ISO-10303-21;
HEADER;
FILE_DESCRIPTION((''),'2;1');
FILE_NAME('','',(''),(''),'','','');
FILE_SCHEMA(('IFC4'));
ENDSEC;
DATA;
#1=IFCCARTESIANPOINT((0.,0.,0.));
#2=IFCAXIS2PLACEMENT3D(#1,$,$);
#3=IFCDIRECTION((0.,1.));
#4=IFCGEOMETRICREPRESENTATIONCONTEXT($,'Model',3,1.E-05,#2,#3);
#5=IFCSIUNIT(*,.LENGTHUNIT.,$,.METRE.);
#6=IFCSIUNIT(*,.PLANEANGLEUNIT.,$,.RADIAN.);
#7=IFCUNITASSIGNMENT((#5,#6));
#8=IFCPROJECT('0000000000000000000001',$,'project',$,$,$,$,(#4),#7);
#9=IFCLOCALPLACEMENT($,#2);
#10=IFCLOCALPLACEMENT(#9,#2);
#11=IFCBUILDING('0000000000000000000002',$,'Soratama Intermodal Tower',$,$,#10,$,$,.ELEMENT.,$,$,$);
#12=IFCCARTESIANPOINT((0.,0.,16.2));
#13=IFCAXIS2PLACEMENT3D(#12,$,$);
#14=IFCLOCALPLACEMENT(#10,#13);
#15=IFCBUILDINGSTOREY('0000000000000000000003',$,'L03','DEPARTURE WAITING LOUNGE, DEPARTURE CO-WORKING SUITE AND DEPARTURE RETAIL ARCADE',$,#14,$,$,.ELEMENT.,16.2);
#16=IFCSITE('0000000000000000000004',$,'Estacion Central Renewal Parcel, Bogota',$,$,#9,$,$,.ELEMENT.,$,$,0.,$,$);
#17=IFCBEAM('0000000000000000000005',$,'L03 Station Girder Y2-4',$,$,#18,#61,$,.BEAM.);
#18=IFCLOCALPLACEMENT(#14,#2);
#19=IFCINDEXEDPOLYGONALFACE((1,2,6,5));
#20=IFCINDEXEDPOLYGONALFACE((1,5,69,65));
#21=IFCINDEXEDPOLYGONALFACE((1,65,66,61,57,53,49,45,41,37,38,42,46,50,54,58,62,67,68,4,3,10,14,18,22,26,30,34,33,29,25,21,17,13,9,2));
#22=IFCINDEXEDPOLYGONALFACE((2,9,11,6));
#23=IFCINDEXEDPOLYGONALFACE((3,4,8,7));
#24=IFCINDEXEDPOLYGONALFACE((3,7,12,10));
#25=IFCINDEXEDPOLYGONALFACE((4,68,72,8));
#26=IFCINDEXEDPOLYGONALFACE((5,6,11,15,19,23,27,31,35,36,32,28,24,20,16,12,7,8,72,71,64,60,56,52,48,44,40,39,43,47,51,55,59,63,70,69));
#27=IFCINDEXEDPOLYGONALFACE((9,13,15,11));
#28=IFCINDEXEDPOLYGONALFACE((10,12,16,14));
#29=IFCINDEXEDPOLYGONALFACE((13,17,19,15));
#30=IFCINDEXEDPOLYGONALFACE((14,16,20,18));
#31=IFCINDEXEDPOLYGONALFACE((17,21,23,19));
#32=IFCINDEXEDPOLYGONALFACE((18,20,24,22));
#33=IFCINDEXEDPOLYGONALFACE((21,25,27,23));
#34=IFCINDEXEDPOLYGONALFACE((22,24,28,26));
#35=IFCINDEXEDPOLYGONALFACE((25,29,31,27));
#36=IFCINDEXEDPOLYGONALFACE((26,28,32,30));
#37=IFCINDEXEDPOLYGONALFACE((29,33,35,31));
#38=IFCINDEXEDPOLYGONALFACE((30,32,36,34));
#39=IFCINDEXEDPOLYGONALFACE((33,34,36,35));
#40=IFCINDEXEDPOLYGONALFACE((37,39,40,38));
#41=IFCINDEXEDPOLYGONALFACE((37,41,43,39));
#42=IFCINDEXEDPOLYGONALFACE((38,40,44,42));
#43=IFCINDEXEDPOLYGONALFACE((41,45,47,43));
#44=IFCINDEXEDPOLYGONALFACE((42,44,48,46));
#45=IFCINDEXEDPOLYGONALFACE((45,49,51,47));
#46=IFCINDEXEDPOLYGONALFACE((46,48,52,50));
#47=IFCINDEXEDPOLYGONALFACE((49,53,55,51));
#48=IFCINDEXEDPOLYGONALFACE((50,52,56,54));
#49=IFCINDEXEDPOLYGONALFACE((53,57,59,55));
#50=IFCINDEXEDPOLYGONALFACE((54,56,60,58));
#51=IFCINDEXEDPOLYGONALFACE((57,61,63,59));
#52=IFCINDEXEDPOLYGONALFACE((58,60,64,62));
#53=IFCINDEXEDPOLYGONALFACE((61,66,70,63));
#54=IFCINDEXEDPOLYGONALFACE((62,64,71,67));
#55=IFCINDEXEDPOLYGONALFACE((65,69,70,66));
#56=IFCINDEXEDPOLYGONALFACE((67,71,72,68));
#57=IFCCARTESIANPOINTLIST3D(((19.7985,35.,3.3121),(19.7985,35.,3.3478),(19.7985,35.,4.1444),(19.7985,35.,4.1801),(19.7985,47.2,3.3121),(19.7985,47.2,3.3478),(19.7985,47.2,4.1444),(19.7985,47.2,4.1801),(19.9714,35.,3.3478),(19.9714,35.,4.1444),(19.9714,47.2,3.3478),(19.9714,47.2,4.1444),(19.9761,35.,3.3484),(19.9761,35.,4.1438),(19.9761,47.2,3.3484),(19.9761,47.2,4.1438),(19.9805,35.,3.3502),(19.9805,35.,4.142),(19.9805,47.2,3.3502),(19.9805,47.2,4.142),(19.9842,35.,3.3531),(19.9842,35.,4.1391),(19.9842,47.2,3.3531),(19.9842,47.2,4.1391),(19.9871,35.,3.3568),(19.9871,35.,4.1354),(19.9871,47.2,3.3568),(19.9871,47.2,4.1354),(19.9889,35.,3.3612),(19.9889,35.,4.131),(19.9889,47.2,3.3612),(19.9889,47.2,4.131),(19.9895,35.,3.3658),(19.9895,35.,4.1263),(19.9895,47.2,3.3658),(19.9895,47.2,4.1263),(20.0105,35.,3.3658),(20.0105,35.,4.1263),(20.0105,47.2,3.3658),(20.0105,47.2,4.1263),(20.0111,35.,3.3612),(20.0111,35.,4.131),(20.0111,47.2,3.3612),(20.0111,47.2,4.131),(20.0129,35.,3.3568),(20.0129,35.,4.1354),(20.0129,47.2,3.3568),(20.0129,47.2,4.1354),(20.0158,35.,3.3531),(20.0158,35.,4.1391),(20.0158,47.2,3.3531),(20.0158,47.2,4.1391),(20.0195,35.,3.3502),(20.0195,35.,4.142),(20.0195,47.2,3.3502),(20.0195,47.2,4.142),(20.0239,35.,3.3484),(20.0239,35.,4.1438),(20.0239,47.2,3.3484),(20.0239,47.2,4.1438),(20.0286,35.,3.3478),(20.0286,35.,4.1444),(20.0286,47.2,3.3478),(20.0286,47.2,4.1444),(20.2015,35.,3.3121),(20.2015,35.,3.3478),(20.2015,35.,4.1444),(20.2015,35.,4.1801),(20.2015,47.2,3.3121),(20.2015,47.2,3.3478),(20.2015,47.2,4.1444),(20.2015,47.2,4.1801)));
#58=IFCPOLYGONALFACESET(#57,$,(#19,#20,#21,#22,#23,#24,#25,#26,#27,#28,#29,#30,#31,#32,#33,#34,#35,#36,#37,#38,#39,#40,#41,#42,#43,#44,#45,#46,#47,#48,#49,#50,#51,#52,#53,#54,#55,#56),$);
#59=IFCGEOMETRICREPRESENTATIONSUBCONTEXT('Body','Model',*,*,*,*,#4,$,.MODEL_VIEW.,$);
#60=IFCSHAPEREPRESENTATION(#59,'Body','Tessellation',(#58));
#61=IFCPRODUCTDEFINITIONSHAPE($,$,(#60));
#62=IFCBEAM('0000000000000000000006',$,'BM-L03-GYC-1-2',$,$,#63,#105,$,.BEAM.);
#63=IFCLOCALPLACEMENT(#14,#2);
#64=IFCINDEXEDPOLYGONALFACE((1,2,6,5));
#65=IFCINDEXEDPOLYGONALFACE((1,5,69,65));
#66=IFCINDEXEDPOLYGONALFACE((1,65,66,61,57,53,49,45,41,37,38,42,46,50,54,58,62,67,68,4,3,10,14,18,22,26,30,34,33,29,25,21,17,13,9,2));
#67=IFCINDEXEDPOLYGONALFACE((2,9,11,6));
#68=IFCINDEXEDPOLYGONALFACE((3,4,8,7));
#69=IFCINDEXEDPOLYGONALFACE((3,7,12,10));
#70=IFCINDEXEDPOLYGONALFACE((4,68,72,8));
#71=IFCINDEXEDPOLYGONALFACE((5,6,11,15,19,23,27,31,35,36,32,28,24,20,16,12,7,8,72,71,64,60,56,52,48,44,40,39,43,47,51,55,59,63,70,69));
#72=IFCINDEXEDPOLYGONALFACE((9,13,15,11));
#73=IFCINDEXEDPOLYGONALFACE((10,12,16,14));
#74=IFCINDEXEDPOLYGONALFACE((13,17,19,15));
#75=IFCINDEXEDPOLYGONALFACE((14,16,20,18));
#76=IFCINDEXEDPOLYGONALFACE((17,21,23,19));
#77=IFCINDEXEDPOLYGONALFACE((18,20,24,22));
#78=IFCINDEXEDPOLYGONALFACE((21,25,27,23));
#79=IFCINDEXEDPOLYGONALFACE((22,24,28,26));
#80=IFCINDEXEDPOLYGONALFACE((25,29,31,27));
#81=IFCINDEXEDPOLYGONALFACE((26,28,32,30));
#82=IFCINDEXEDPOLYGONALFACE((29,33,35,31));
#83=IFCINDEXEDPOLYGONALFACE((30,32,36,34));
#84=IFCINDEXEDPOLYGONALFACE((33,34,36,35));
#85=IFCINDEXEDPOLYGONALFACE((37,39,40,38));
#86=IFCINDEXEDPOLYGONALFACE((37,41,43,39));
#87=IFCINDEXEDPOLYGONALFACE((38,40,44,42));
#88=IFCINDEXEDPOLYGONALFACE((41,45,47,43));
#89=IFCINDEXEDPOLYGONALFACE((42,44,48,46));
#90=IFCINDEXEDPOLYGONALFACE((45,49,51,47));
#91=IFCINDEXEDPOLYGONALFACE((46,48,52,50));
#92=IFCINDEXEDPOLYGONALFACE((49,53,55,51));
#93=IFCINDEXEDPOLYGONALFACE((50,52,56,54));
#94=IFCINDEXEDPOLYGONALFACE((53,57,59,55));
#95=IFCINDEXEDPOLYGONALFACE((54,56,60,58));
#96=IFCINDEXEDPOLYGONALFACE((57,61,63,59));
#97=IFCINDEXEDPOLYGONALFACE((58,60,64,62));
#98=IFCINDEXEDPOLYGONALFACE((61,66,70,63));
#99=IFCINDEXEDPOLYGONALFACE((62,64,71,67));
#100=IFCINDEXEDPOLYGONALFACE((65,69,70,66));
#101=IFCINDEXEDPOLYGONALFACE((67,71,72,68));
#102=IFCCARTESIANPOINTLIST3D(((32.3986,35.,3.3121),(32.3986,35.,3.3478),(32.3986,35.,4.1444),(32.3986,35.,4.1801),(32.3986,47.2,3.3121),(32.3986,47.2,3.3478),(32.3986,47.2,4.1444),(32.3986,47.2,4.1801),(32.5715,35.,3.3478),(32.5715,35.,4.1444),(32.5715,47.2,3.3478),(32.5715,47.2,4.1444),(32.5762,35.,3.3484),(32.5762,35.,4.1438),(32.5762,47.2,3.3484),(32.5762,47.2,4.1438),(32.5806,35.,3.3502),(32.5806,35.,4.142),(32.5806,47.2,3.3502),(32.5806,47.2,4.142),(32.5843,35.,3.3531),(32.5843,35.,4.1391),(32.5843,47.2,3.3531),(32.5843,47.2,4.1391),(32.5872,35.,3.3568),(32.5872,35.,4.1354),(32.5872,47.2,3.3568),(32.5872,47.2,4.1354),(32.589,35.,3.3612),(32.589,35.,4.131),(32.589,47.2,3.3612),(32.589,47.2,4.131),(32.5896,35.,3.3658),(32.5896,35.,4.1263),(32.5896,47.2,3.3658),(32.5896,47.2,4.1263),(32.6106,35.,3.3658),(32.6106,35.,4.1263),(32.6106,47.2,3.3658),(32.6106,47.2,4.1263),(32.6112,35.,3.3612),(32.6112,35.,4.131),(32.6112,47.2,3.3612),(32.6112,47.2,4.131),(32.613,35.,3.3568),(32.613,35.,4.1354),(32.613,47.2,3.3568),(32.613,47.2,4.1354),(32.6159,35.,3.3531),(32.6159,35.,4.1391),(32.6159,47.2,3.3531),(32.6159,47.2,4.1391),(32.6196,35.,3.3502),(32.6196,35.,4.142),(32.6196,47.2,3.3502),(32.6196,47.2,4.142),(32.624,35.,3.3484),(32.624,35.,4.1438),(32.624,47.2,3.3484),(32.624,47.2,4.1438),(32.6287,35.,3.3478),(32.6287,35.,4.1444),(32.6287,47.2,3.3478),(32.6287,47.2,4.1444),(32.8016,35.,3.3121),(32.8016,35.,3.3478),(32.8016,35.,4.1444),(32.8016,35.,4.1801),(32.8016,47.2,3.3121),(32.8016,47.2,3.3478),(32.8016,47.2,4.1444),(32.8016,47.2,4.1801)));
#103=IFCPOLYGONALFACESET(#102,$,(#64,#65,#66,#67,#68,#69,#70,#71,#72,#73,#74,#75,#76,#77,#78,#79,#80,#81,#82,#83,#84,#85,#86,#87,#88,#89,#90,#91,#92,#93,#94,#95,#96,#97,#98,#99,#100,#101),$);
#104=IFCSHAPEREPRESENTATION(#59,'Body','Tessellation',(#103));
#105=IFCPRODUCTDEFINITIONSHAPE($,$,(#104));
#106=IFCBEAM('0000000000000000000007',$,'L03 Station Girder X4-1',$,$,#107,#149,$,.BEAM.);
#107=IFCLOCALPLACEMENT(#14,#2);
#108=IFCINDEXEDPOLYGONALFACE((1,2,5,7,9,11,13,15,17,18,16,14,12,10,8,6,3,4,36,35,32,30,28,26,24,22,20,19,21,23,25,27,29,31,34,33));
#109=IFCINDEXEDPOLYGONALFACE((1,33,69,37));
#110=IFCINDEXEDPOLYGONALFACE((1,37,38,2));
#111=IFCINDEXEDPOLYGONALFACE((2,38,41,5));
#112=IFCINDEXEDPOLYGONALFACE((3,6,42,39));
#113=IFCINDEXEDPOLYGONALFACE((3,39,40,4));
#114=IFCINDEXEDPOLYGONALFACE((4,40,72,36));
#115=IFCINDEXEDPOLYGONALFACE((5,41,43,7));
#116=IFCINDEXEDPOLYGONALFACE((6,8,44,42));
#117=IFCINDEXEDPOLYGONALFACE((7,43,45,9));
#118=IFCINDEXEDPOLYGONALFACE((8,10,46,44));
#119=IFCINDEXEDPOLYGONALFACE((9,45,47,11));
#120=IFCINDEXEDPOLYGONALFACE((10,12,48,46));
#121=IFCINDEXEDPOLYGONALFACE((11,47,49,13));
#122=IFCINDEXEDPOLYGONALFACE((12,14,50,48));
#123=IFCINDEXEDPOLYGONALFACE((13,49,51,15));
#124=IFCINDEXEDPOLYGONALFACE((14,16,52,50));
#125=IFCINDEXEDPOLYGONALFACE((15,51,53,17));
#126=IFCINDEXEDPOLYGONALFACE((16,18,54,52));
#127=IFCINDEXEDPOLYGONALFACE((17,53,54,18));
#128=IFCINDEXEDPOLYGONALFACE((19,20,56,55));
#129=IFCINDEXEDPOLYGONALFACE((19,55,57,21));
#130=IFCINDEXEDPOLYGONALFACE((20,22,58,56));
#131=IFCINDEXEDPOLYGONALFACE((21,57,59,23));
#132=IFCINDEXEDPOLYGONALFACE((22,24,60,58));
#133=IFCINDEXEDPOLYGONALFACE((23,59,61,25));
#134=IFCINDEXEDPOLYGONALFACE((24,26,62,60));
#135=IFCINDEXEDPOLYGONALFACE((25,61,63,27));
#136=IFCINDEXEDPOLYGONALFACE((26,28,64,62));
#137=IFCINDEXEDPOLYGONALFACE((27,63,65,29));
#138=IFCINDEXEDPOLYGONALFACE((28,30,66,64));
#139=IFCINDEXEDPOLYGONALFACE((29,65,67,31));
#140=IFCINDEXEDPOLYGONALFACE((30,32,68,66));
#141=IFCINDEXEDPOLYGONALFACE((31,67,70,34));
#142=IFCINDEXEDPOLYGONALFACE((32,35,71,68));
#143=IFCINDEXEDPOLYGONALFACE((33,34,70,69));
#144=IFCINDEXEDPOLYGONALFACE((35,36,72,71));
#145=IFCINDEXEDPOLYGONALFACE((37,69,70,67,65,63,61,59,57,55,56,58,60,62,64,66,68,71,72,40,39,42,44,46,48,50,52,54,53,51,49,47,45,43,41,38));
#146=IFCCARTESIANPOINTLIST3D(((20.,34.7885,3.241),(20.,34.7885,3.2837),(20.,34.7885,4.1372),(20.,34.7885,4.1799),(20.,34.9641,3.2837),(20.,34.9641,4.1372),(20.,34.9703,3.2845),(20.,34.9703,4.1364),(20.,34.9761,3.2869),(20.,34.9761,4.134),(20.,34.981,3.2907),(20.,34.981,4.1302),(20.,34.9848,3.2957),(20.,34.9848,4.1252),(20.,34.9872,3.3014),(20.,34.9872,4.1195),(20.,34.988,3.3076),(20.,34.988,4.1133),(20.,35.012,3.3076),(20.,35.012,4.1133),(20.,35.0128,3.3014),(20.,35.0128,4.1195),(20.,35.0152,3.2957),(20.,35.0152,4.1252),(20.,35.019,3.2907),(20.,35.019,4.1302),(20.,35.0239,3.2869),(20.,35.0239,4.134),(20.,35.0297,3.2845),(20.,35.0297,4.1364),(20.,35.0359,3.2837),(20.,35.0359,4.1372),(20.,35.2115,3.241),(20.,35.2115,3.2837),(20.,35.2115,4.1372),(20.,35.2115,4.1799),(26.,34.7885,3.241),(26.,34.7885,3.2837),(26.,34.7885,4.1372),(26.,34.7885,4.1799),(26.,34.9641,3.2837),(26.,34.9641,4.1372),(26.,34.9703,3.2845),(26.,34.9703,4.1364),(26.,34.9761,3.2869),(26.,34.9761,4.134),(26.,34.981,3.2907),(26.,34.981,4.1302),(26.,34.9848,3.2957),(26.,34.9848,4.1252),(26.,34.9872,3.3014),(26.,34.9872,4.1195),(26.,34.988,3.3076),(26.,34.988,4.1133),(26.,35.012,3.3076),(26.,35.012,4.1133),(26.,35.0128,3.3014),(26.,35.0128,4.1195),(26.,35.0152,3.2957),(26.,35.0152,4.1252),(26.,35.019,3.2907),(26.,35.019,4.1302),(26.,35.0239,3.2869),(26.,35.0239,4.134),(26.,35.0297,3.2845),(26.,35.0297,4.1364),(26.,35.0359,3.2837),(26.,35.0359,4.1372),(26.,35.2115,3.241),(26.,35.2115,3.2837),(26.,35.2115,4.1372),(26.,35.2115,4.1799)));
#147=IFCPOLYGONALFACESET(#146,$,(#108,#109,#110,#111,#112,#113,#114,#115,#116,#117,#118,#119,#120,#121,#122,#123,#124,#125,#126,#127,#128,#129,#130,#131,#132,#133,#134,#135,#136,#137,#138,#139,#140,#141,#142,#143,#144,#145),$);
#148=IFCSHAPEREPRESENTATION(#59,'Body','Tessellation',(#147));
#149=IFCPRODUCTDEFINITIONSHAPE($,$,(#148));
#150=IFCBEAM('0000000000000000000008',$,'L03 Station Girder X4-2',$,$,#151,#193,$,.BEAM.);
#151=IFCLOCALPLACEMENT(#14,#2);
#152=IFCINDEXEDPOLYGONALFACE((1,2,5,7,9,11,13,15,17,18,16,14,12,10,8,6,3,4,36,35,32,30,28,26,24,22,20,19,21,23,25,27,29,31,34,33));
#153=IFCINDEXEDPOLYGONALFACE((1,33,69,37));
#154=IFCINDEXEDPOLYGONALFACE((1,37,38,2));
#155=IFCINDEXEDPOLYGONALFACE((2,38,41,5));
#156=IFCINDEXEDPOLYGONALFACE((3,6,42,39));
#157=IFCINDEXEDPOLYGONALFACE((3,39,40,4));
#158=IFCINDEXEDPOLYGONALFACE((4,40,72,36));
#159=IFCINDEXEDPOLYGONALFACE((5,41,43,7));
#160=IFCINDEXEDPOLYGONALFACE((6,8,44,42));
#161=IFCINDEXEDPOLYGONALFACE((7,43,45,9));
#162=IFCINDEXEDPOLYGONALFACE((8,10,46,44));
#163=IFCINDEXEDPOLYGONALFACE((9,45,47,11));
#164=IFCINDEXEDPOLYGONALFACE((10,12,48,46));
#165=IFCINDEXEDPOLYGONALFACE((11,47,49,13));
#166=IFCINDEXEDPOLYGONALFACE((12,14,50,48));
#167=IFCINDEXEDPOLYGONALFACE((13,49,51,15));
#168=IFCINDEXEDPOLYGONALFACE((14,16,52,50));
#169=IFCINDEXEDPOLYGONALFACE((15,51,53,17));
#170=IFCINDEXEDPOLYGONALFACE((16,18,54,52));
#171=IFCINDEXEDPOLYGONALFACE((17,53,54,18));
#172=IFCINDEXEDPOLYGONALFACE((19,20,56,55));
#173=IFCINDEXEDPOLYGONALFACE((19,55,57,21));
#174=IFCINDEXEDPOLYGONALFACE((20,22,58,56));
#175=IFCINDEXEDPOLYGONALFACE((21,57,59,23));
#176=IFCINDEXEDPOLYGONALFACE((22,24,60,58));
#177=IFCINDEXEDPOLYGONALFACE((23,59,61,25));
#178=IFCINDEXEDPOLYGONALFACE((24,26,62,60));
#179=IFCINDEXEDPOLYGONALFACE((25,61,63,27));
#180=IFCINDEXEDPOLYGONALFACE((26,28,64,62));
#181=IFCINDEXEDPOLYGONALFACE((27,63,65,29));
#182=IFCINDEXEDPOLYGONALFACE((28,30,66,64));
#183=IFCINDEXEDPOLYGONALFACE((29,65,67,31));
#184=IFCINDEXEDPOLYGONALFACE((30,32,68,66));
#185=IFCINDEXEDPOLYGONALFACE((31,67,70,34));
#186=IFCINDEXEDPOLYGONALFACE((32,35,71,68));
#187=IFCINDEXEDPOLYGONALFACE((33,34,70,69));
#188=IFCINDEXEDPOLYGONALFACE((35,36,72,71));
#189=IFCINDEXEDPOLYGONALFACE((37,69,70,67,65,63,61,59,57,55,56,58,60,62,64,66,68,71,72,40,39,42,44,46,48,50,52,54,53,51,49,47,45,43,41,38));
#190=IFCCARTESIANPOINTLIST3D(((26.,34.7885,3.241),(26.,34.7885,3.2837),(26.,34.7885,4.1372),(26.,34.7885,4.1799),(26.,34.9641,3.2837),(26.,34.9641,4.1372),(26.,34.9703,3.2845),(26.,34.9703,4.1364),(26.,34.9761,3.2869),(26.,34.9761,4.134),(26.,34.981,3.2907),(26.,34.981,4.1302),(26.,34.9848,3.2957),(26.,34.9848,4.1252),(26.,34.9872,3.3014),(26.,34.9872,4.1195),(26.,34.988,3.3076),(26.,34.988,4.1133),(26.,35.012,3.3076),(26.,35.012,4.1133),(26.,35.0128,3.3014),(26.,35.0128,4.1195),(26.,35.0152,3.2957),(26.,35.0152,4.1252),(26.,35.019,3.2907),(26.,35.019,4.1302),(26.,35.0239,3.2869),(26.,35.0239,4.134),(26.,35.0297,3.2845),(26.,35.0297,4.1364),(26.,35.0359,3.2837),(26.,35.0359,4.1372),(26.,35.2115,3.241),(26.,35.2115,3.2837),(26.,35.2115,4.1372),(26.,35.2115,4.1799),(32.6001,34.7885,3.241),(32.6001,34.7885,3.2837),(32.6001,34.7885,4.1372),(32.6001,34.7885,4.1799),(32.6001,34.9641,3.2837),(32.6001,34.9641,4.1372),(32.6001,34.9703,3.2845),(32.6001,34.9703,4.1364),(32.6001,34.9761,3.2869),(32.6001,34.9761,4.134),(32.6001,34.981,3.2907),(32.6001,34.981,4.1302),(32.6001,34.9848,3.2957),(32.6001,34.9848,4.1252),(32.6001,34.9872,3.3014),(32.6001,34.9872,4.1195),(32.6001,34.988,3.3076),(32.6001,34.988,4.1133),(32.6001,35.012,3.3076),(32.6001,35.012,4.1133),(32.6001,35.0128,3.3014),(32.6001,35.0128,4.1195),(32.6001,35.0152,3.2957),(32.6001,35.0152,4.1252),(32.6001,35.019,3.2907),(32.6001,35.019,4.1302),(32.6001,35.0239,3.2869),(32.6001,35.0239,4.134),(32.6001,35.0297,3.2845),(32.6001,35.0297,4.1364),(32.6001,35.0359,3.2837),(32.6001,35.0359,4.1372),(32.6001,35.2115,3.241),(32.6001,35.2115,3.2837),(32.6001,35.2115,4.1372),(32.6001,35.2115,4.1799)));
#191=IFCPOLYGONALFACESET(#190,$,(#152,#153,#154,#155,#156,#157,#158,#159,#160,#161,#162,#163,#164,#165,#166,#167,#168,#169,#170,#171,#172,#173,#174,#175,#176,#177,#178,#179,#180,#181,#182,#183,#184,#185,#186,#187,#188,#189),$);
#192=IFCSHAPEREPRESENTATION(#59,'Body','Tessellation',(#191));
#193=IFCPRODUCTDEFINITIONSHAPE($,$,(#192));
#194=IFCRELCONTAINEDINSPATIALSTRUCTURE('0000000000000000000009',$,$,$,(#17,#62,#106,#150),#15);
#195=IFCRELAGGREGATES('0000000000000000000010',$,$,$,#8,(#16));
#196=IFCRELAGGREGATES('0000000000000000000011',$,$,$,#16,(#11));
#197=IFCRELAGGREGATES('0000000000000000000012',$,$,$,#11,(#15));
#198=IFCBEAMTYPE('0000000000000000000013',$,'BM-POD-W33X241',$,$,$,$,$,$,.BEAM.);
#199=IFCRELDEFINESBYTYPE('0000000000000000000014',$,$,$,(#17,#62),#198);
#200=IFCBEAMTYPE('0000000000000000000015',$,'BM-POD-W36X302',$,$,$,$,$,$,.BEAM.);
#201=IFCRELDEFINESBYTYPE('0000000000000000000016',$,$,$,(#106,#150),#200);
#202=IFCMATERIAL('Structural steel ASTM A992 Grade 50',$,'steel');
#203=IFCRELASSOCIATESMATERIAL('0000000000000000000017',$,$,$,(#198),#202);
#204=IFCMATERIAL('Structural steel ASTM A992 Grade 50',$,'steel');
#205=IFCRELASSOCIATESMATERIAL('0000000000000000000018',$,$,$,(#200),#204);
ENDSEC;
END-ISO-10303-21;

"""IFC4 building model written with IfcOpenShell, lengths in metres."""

from ifc_helpers import new_model, si_unit, direction, frame, origin, origin_2d, place, context, subcontext, project, spatial, i_section, extrude, material, material_profile, profile_set, type_object, element, save


model = new_model("IFC4")

# Units and contexts
model_context = context("Model", 3, precision=1e-05, world=origin(), true_north=direction((0.0, 1.0)))
body_context = subcontext(model_context, "Body", "Model", "MODEL_VIEW")
ifc_project = project(units=[si_unit("LENGTHUNIT", "METRE"), si_unit("PLANEANGLEUNIT", "RADIAN")], contexts=[model_context])

# Site, building, storey
site_placement = place(None, origin())
site = spatial("IfcSite", under=ifc_project, at=site_placement, Name="Estacion Central Renewal Parcel, Bogota", CompositionType="ELEMENT", RefElevation=0.0)
building_placement = place(site_placement, origin())
building = spatial("IfcBuilding", under=site, at=building_placement, Name="Soratama Intermodal Tower", CompositionType="ELEMENT")
storey_placement = place(building_placement, frame((0.0, 0.0, 16.2)))
storey = spatial("IfcBuildingStorey", under=building, at=storey_placement, Name="L03", Description="DEPARTURE WAITING LOUNGE, DEPARTURE CO-WORKING SUITE AND DEPARTURE RETAIL ARCADE", CompositionType="ELEMENT", Elevation=16.2)

# Beams
ifc_material_1 = material(Name="Structural steel ASTM A992 Grade 50", Category="steel")
ifc_material_profile_1 = material_profile(ifc_material_1, i_section(OverallWidth=0.4031, OverallDepth=0.8679, WebThickness=0.021, FlangeThickness=0.0356, FilletRadius=0.0181, at=origin_2d()), Name="W33X241")
ifc_profile_set_1 = profile_set([ifc_material_profile_1], Name="Structural steel ASTM A992 Grade 50")
beam_type_1 = type_object("IfcBeamType", Name="BM-POD-W33X241", PredefinedType="BEAM", material=ifc_profile_set_1)
for number, where, z_axis, x_axis, name in (
    (1, (20.0, 35.0, 3.7461), (0.0, 1.0, 0.0), (-1.0, 0.0, 0.0), "L03 Station Girder Y2-4"),
    (2, (32.6001, 35.0, 3.7461), (0.0, 1.0, 0.0), (-1.0, 0.0, 0.0), "BM-L03-GYC-1-2"),
):
    element("IfcBeam", number, at=place(storey_placement, frame(where, z_axis=z_axis, x_axis=x_axis)), inside=storey, type_object=beam_type_1, Name=name, PredefinedType="BEAM", context=body_context, shape_type="SweptSolid", body=[
        extrude(i_section(OverallWidth=0.4031, OverallDepth=0.8679, WebThickness=0.021, FlangeThickness=0.0356, FilletRadius=0.0181, at=origin_2d()), origin(), (0.0, 0.0, 1.0), 12.2),
    ])
ifc_material_2 = material(Name="Structural steel ASTM A992 Grade 50", Category="steel")
ifc_material_profile_2 = material_profile(ifc_material_2, i_section(OverallWidth=0.4231, OverallDepth=0.939, WebThickness=0.0239, FlangeThickness=0.0427, FilletRadius=0.0239, at=origin_2d()), Name="W36X302")
ifc_profile_set_2 = profile_set([ifc_material_profile_2], Name="Structural steel ASTM A992 Grade 50")
beam_type_2 = type_object("IfcBeamType", Name="BM-POD-W36X302", PredefinedType="BEAM", material=ifc_profile_set_2)
beam_1_placement = place(storey_placement, frame((20.0, 35.0, 3.7104), z_axis=(1.0, 0.0, 0.0), x_axis=(0.0, 1.0, 0.0)))
element("IfcBeam", 3, at=beam_1_placement, inside=storey, type_object=beam_type_2, Name="L03 Station Girder X4-1", PredefinedType="BEAM", context=body_context, shape_type="SweptSolid", body=[
    extrude(i_section(OverallWidth=0.4231, OverallDepth=0.939, WebThickness=0.0239, FlangeThickness=0.0427, FilletRadius=0.0239, at=origin_2d()), origin(), (0.0, 0.0, 1.0), 6.0),
])
beam_2_placement = place(storey_placement, frame((26.0, 35.0, 3.7104), z_axis=(1.0, 0.0, 0.0), x_axis=(0.0, 1.0, 0.0)))
element("IfcBeam", 4, at=beam_2_placement, inside=storey, type_object=beam_type_2, Name="L03 Station Girder X4-2", PredefinedType="BEAM", context=body_context, shape_type="SweptSolid", body=[
    extrude(i_section(OverallWidth=0.4231, OverallDepth=0.939, WebThickness=0.0239, FlangeThickness=0.0427, FilletRadius=0.0239, at=origin_2d()), origin(), (0.0, 0.0, 1.0), 6.6001),
])

save(model, "model.ifc")
